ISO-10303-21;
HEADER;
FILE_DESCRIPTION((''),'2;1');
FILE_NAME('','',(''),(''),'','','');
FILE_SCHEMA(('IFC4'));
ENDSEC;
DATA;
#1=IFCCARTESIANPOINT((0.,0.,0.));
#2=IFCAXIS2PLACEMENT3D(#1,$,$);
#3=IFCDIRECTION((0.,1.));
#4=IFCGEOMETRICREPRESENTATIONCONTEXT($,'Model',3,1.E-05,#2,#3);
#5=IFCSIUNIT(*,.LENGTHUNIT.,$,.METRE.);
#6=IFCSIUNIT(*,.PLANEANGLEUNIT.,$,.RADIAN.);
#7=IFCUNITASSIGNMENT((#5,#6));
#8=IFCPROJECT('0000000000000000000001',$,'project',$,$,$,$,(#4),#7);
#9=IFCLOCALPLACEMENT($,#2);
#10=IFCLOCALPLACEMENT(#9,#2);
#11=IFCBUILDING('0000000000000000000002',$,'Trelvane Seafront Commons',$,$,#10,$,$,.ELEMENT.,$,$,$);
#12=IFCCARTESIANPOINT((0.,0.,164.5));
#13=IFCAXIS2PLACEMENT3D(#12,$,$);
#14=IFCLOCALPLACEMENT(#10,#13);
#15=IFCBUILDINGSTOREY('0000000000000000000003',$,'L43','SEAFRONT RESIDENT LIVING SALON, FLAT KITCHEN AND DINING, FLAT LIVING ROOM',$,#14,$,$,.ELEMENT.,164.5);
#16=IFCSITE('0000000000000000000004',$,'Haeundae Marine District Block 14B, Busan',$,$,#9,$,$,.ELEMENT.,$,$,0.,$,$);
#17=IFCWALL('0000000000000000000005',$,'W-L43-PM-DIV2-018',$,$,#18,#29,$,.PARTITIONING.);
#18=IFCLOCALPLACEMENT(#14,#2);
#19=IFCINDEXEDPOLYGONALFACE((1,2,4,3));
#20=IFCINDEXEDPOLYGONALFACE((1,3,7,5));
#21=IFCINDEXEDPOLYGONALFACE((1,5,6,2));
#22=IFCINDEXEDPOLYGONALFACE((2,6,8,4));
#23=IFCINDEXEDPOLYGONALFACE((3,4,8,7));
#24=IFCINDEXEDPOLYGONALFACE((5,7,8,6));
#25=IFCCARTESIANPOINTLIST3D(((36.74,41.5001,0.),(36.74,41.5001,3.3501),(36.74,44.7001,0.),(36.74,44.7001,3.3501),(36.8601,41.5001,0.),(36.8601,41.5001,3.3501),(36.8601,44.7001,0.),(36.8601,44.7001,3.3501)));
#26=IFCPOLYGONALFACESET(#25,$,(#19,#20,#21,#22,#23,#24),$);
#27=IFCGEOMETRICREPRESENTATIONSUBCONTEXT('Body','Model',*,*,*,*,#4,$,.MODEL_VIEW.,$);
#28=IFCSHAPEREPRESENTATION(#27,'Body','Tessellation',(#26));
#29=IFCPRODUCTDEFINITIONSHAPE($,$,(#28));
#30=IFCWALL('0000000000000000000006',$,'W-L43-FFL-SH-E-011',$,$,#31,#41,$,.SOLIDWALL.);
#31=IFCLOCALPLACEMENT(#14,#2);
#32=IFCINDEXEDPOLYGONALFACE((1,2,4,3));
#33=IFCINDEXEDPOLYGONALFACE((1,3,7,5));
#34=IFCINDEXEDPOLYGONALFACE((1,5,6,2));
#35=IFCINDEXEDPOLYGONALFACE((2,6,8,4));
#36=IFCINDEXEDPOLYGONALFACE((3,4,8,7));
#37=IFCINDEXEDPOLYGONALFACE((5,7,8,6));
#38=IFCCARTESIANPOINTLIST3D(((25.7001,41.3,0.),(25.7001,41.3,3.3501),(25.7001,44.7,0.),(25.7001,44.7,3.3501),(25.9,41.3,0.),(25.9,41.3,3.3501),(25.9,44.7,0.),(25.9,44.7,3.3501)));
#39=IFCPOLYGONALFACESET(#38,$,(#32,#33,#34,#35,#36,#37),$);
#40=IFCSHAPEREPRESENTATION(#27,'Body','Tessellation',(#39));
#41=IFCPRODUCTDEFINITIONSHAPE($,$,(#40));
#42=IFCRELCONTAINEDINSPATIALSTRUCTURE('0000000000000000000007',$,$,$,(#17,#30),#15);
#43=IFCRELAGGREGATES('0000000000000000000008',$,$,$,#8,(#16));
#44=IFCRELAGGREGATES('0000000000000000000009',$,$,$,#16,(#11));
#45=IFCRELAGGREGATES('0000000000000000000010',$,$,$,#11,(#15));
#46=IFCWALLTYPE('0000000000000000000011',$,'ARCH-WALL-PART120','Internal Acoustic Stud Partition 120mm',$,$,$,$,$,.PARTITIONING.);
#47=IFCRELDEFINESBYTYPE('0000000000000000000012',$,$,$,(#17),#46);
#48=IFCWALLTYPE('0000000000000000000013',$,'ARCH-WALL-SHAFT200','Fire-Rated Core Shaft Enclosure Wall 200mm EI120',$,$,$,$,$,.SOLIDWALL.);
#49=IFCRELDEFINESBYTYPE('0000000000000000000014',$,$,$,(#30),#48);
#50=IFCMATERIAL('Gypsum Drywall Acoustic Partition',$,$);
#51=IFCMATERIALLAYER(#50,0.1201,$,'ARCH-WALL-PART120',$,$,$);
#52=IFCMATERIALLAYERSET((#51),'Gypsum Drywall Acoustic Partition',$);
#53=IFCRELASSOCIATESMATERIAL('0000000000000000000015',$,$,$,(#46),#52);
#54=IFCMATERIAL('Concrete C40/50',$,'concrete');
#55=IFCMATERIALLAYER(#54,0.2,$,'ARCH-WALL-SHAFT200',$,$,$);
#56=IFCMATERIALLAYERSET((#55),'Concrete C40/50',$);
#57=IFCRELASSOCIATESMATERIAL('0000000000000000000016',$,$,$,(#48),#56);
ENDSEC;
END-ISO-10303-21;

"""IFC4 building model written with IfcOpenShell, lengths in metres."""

from ifc_helpers import new_model, si_unit, direction, frame, frame_2d, origin, place, context, subcontext, project, spatial, rectangle, extrude, material, layer, layer_set, type_object, element, save


model = new_model("IFC4")

# Units and contexts
model_context = context("Model", 3, precision=1e-05, world=origin(), true_north=direction((0.0, 1.0)))
body_context = subcontext(model_context, "Body", "Model", "MODEL_VIEW")
ifc_project = project(units=[si_unit("LENGTHUNIT", "METRE"), si_unit("PLANEANGLEUNIT", "RADIAN")], contexts=[model_context])

# Site, building, storey
site_placement = place(None, origin())
site = spatial("IfcSite", under=ifc_project, at=site_placement, Name="Haeundae Marine District Block 14B, Busan", CompositionType="ELEMENT", RefElevation=0.0)
building_placement = place(site_placement, origin())
building = spatial("IfcBuilding", under=site, at=building_placement, Name="Trelvane Seafront Commons", CompositionType="ELEMENT")
storey_placement = place(building_placement, frame((0.0, 0.0, 164.5)))
storey = spatial("IfcBuildingStorey", under=building, at=storey_placement, Name="L43", Description="SEAFRONT RESIDENT LIVING SALON, FLAT KITCHEN AND DINING, FLAT LIVING ROOM", CompositionType="ELEMENT", Elevation=164.5)

# Shared definitions
ifc_material_1 = material(Name="Concrete C40/50", Category="concrete")
ifc_material_2 = material(Name="Gypsum Drywall Acoustic Partition")
ifc_layer_1 = layer(ifc_material_2, 0.1201, Name="ARCH-WALL-PART120")
ifc_layer_set_1 = layer_set([ifc_layer_1], Name="Gypsum Drywall Acoustic Partition")
wall_type_1 = type_object("IfcWallType", Name="ARCH-WALL-PART120", Description="Internal Acoustic Stud Partition 120mm", PredefinedType="PARTITIONING", material=ifc_layer_set_1)

# Walls
for number, where, z_axis, x_axis, name in (
    (1, (36.8, 41.5, 0.0), (0.0, 0.0, 1.0), (0.0, 1.0, 0.0), "W-L43-PM-DIV2-018"),
):
    element("IfcWall", number, at=place(storey_placement, frame(where, z_axis=z_axis, x_axis=x_axis)), inside=storey, type_object=wall_type_1, Name=name, PredefinedType="PARTITIONING", context=body_context, shape_type="SweptSolid", body=[
        extrude(rectangle(XDim=3.2, YDim=0.1201, at=frame_2d((1.6001, 0.0))), origin(), (0.0, 0.0, 1.0), 3.3501),
    ])
ifc_layer_2 = layer(ifc_material_1, 0.2, Name="ARCH-WALL-SHAFT200")
ifc_layer_set_2 = layer_set([ifc_layer_2], Name="Concrete C40/50")
wall_type_2 = type_object("IfcWallType", Name="ARCH-WALL-SHAFT200", Description="Fire-Rated Core Shaft Enclosure Wall 200mm EI120", PredefinedType="SOLIDWALL", material=ifc_layer_set_2)
wall_1_placement = place(storey_placement, frame((25.8, 41.3, 0.0), z_axis=(0.0, 0.0, 1.0), x_axis=(0.0, 1.0, 0.0)))
element("IfcWall", 2, at=wall_1_placement, inside=storey, type_object=wall_type_2, Name="W-L43-FFL-SH-E-011", PredefinedType="SOLIDWALL", context=body_context, shape_type="SweptSolid", body=[
    extrude(rectangle(XDim=3.3999, YDim=0.2, at=frame_2d((1.7, 0.0))), origin(), (0.0, 0.0, 1.0), 3.3501),
])

save(model, "model.ifc")
